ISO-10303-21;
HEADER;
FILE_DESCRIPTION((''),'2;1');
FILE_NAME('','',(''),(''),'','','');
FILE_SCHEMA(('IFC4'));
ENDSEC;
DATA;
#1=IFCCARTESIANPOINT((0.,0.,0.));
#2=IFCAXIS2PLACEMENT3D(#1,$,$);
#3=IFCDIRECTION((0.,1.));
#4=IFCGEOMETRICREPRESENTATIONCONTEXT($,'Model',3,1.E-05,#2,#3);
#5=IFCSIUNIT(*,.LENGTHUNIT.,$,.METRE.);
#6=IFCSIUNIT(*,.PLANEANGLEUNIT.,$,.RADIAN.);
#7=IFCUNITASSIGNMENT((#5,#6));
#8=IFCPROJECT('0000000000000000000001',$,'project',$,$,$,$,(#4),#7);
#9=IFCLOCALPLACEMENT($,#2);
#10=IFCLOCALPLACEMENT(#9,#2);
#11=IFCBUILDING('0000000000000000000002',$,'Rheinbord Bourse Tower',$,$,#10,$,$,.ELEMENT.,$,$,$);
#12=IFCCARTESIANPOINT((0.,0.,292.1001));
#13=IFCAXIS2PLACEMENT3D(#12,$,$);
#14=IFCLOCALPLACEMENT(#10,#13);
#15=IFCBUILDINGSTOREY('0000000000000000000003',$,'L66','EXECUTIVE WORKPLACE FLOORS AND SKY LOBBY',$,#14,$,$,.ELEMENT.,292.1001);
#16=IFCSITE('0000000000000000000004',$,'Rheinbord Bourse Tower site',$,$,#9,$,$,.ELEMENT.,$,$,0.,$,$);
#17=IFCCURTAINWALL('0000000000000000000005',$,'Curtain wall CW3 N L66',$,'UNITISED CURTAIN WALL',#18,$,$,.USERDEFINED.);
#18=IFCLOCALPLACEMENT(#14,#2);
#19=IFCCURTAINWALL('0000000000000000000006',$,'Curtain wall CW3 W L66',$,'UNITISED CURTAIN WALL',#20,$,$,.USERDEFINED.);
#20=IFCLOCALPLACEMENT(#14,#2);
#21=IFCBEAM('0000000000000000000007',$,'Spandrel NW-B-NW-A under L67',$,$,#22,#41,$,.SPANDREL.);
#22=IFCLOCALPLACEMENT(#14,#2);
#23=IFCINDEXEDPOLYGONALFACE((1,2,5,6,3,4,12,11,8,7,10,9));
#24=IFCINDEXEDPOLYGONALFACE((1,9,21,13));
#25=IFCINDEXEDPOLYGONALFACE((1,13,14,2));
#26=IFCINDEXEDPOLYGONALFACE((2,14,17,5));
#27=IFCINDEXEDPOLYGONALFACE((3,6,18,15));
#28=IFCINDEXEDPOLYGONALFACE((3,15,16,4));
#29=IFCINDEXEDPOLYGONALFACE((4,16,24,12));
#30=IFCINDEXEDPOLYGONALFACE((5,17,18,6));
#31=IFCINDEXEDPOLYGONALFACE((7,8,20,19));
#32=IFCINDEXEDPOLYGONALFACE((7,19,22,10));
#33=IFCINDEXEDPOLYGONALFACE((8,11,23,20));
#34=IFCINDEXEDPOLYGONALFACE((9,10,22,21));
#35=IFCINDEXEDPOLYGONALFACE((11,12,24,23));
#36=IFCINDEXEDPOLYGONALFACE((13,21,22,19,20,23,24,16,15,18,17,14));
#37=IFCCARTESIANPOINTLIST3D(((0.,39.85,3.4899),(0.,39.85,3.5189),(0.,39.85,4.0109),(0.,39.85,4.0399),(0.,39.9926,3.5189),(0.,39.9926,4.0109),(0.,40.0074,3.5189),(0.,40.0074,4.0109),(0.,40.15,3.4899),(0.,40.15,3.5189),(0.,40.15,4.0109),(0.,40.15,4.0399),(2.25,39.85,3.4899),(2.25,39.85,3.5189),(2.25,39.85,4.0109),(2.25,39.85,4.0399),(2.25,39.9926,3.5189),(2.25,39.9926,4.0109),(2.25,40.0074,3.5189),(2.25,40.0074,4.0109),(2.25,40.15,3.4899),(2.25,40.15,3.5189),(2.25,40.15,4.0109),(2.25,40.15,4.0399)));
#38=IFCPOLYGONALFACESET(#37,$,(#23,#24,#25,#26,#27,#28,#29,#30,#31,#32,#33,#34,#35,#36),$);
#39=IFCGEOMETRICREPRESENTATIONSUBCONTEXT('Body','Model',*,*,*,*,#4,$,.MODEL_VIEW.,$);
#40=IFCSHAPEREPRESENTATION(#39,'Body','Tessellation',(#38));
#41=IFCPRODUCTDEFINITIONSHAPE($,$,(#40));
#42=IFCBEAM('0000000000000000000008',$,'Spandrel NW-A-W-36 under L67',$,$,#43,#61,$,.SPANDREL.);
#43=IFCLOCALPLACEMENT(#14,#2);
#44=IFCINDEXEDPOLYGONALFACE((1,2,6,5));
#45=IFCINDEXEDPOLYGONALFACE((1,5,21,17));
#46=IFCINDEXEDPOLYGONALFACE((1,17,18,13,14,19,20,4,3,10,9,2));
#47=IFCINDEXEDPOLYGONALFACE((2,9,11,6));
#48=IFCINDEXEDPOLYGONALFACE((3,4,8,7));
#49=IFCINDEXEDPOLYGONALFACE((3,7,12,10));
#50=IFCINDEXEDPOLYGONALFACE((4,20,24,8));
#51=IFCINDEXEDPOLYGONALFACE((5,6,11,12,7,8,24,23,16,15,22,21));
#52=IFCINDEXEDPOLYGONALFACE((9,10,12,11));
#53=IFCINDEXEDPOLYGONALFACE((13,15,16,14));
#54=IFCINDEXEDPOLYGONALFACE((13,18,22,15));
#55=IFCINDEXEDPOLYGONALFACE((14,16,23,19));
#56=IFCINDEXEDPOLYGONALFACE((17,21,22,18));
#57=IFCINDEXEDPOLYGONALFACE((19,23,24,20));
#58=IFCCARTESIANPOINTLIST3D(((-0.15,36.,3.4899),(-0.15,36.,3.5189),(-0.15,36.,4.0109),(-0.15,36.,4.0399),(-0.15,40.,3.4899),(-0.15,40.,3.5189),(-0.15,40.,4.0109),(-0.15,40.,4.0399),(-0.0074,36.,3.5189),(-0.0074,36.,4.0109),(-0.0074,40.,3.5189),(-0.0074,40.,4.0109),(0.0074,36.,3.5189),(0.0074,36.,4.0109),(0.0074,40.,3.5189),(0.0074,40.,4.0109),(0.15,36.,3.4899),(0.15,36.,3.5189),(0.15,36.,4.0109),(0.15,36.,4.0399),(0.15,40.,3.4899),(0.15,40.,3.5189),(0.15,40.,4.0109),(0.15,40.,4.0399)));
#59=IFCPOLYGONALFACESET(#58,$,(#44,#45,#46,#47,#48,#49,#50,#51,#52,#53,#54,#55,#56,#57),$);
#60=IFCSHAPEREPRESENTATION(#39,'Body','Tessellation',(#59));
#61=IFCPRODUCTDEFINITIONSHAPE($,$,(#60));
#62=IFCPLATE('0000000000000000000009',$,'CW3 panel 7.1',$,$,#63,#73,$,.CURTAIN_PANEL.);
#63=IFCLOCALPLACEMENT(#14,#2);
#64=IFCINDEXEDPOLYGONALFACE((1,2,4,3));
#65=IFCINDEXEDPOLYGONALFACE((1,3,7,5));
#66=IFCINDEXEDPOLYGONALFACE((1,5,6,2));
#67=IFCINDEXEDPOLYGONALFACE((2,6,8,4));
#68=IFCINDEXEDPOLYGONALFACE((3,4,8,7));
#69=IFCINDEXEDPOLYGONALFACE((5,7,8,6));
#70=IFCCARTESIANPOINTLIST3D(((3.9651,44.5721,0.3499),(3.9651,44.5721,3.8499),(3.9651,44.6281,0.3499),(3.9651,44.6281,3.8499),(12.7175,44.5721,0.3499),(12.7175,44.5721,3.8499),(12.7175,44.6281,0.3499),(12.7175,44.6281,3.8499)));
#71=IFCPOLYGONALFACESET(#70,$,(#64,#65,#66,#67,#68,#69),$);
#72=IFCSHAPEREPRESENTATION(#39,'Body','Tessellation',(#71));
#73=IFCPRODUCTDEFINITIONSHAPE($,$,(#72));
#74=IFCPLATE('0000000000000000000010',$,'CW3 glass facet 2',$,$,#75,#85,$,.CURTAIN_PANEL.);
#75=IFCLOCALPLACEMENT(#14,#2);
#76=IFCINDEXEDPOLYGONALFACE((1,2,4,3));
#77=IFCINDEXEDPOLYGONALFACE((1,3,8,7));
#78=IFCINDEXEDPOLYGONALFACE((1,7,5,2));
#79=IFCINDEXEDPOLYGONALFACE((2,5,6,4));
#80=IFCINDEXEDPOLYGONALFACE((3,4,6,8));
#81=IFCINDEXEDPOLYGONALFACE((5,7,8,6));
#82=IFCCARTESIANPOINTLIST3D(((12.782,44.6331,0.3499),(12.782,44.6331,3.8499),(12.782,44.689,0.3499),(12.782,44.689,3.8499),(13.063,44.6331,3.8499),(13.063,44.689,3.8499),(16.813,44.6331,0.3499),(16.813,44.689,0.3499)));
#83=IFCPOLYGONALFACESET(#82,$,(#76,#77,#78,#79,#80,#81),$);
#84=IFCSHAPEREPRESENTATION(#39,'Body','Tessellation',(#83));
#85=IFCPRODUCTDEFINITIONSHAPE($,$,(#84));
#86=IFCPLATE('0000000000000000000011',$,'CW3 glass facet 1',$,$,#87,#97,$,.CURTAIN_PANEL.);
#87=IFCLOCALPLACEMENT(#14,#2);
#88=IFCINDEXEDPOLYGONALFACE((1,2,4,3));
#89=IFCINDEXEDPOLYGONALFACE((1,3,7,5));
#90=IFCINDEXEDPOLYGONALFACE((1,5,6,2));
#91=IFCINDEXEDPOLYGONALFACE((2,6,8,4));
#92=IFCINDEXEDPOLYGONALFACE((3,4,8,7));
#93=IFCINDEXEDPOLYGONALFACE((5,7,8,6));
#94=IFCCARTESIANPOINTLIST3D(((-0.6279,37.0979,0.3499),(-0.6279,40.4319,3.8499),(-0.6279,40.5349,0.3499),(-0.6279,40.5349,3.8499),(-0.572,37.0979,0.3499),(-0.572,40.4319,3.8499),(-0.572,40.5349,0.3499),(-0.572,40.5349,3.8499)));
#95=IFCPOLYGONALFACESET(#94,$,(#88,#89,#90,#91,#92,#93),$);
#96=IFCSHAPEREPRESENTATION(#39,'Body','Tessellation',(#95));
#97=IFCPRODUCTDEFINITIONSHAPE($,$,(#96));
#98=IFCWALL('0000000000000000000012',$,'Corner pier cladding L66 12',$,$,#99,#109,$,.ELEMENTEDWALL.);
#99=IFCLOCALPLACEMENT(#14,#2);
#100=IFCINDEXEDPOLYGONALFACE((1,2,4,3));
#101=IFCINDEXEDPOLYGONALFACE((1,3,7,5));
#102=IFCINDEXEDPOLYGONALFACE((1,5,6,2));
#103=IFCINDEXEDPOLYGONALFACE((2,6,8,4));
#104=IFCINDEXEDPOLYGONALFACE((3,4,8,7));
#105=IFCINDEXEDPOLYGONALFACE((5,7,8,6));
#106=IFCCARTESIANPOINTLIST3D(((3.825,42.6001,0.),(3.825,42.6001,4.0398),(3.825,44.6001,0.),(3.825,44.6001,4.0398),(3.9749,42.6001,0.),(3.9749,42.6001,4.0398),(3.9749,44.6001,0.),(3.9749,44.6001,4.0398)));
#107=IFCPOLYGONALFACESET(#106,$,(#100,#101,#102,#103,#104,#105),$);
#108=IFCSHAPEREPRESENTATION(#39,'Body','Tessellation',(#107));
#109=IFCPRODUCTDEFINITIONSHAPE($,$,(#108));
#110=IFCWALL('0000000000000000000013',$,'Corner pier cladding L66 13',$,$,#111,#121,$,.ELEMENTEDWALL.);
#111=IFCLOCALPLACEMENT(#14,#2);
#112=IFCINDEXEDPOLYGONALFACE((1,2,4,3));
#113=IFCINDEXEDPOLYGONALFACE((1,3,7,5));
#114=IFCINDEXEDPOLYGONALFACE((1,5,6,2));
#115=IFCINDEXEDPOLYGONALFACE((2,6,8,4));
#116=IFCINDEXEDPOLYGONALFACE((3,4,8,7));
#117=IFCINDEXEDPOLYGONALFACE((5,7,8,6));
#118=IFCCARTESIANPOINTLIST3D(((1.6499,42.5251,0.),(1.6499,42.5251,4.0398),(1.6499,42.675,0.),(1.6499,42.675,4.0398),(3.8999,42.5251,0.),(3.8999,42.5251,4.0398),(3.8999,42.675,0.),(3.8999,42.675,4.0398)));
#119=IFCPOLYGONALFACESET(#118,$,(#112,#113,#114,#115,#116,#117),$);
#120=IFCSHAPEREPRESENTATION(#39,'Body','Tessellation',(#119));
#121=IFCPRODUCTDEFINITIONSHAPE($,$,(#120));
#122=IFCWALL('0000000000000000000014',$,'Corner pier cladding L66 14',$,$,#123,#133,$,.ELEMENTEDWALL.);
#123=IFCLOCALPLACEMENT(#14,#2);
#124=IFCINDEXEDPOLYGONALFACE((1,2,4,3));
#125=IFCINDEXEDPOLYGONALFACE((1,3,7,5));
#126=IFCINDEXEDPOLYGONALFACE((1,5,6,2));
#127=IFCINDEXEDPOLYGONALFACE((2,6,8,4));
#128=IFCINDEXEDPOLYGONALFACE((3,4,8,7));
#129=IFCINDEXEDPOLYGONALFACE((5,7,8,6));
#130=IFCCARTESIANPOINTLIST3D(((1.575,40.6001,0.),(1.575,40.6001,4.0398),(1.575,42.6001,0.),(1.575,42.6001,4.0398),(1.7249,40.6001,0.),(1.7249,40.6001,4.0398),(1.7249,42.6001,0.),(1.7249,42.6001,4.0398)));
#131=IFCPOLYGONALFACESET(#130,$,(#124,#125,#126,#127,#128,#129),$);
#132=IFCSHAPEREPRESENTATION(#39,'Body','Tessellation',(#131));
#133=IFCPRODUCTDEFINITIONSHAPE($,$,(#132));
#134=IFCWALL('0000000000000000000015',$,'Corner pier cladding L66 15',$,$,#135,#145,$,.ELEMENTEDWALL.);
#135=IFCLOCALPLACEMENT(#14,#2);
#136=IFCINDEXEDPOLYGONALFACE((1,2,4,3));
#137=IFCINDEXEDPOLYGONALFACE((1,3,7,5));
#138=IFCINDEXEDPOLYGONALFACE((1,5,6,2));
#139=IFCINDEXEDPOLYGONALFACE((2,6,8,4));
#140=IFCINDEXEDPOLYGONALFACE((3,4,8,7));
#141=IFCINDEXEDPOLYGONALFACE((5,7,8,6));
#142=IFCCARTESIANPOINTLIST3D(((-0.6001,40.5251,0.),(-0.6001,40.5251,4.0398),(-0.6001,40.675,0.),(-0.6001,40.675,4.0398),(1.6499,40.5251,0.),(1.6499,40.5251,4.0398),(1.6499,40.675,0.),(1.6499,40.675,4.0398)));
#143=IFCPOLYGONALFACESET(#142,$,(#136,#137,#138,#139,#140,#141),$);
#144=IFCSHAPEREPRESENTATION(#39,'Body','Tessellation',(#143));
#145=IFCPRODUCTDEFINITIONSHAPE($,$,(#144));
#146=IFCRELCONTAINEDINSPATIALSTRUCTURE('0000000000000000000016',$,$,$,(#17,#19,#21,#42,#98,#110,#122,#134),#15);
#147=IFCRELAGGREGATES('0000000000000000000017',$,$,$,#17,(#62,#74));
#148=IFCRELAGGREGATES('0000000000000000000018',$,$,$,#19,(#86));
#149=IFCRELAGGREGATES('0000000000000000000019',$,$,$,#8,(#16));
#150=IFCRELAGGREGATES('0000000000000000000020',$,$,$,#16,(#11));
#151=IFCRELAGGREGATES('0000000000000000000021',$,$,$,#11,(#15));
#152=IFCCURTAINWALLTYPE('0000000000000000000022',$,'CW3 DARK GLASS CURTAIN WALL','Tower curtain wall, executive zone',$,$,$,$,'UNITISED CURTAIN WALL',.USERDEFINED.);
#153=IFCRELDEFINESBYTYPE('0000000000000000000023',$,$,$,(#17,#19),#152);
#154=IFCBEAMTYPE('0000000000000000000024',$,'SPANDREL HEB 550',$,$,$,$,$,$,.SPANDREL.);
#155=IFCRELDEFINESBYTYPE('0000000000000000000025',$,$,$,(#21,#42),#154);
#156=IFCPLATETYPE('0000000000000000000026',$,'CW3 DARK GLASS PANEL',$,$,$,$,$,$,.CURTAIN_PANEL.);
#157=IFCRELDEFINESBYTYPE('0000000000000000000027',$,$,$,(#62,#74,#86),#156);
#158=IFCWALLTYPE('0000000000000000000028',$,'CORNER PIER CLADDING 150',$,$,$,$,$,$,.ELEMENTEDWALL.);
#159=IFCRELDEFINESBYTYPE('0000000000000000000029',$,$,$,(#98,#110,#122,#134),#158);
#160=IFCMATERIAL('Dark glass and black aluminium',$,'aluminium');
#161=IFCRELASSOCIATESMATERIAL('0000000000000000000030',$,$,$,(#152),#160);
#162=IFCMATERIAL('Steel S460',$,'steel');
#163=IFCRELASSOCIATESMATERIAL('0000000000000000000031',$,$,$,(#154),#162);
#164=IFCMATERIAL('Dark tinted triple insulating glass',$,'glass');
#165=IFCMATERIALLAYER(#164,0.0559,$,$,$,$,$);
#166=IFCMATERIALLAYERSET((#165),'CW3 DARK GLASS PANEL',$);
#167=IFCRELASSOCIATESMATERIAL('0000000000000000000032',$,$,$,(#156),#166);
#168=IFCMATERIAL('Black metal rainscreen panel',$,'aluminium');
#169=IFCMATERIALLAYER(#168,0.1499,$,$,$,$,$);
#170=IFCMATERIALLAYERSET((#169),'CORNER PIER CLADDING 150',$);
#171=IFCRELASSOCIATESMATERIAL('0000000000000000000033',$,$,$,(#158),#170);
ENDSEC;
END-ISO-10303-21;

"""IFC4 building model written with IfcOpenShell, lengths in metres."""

from ifc_helpers import new_model, si_unit, direction, frame, frame_2d, origin, origin_2d, place, context, subcontext, project, spatial, polyline, rectangle, i_section, outline, extrude, material, layer, layer_set, material_profile, profile_set, type_object, element, aggregate, save


model = new_model("IFC4")

# Units and contexts
model_context = context("Model", 3, precision=1e-05, world=origin(), true_north=direction((0.0, 1.0)))
body_context = subcontext(model_context, "Body", "Model", "MODEL_VIEW")
ifc_project = project(units=[si_unit("LENGTHUNIT", "METRE"), si_unit("PLANEANGLEUNIT", "RADIAN")], contexts=[model_context])

# Site, building, storey
site_placement = place(None, origin())
site = spatial("IfcSite", under=ifc_project, at=site_placement, Name="Rheinbord Bourse Tower site", CompositionType="ELEMENT", RefElevation=0.0)
building_placement = place(site_placement, origin())
building = spatial("IfcBuilding", under=site, at=building_placement, Name="Rheinbord Bourse Tower", CompositionType="ELEMENT")
storey_placement = place(building_placement, frame((0.0, 0.0, 292.1001)))
storey = spatial("IfcBuildingStorey", under=building, at=storey_placement, Name="L66", Description="EXECUTIVE WORKPLACE FLOORS AND SKY LOBBY", CompositionType="ELEMENT", Elevation=292.1001)

# Curtain wall
ifc_material_1 = material(Name="Dark glass and black aluminium", Category="aluminium")
curtain_wall_type = type_object("IfcCurtainWallType", Name="CW3 DARK GLASS CURTAIN WALL", Description="Tower curtain wall, executive zone", ElementType="UNITISED CURTAIN WALL", PredefinedType="USERDEFINED", material=ifc_material_1)
curtain_wall_1_placement = place(storey_placement, origin())
curtain_wall_1 = element("IfcCurtainWall", 1, at=curtain_wall_1_placement, inside=storey, type_object=curtain_wall_type, Name="Curtain wall CW3 N L66", ObjectType="UNITISED CURTAIN WALL", PredefinedType="USERDEFINED")

# Curtain wall
curtain_wall_2_placement = place(storey_placement, origin())
curtain_wall_2 = element("IfcCurtainWall", 2, at=curtain_wall_2_placement, inside=storey, type_object=curtain_wall_type, Name="Curtain wall CW3 W L66", ObjectType="UNITISED CURTAIN WALL", PredefinedType="USERDEFINED")

# Beams
ifc_material_2 = material(Name="Steel S460", Category="steel")
ifc_material_profile_1 = material_profile(ifc_material_2, i_section(OverallWidth=0.3, OverallDepth=0.55, WebThickness=0.0149, FlangeThickness=0.0291, at=origin_2d()), Name="HEB 550")
ifc_profile_set_1 = profile_set([ifc_material_profile_1], Name="Steel S460")
beam_type_1 = type_object("IfcBeamType", Name="SPANDREL HEB 550", PredefinedType="SPANDREL", material=ifc_profile_set_1)
beam_1_placement = place(storey_placement, frame((2.25, 40.0, 3.7649), z_axis=(-1.0, 0.0, 0.0), x_axis=(0.0, -1.0, 0.0)))
element("IfcBeam", 3, at=beam_1_placement, inside=storey, type_object=beam_type_1, Name="Spandrel NW-B-NW-A under L67", PredefinedType="SPANDREL", context=body_context, shape_type="SweptSolid", body=[
    extrude(i_section(OverallWidth=0.3, OverallDepth=0.55, WebThickness=0.0149, FlangeThickness=0.0291, at=origin_2d()), origin(), (0.0, 0.0, 1.0), 2.25),
])
beam_2_placement = place(storey_placement, frame((0.0, 40.0, 3.7649), z_axis=(0.0, -1.0, 0.0), x_axis=(1.0, 0.0, 0.0)))
element("IfcBeam", 4, at=beam_2_placement, inside=storey, type_object=beam_type_1, Name="Spandrel NW-A-W-36 under L67", PredefinedType="SPANDREL", context=body_context, shape_type="SweptSolid", body=[
    extrude(i_section(OverallWidth=0.3, OverallDepth=0.55, WebThickness=0.0149, FlangeThickness=0.0291, at=origin_2d()), origin(), (0.0, 0.0, 1.0), 4.0),
])

# Plates
ifc_material_3 = material(Name="Dark tinted triple insulating glass", Category="glass")
ifc_layer_1 = layer(ifc_material_3, 0.0559)
ifc_layer_set_1 = layer_set([ifc_layer_1], Name="CW3 DARK GLASS PANEL")
plate_type = type_object("IfcPlateType", Name="CW3 DARK GLASS PANEL", PredefinedType="CURTAIN_PANEL", material=ifc_layer_set_1)
plate_1_placement = place(storey_placement, frame((8.3413, 44.6001, 0.3499), z_axis=(0.0, 0.0, 1.0), x_axis=(-1.0, 0.0, 0.0)))
plate_1 = element("IfcPlate", 5, at=plate_1_placement, type_object=plate_type, Name="CW3 panel 7.1", PredefinedType="CURTAIN_PANEL", context=body_context, shape_type="SweptSolid", body=[
    extrude(rectangle(XDim=8.7524, YDim=0.0559, at=origin_2d()), origin(), (0.0, 0.0, 1.0), 3.5),
])
plate_2_placement = place(storey_placement, frame((12.782, 44.689, 3.8499), z_axis=(0.0, -1.0, 0.0), x_axis=(0.0, 0.0, -1.0)))
plate_2 = element("IfcPlate", 6, at=plate_2_placement, type_object=plate_type, Name="CW3 glass facet 2", PredefinedType="CURTAIN_PANEL", context=body_context, shape_type="SweptSolid", body=[
    extrude(outline(polyline([(0.0, 0.0), (3.5, 0.0), (3.5, 4.031), (0.0, 0.281), (0.0, 0.0)])), origin(), (0.0, 0.0, 1.0), 0.0559),
])
aggregate(curtain_wall_1, [plate_1, plate_2])
plate_3_placement = place(storey_placement, frame((-0.6279, 40.5349, 0.3499), z_axis=(1.0, 0.0, 0.0), x_axis=(0.0, 0.0, 1.0)))
plate_3 = element("IfcPlate", 7, at=plate_3_placement, type_object=plate_type, Name="CW3 glass facet 1", PredefinedType="CURTAIN_PANEL", context=body_context, shape_type="SweptSolid", body=[
    extrude(outline(polyline([(0.0, 0.0), (3.5, 0.0), (3.5, 0.103), (0.0, 3.437), (0.0, 0.0)])), origin(), (0.0, 0.0, 1.0), 0.0559),
])
aggregate(curtain_wall_2, [plate_3])

# Walls
ifc_material_4 = material(Name="Black metal rainscreen panel", Category="aluminium")
ifc_layer_2 = layer(ifc_material_4, 0.1499)
ifc_layer_set_2 = layer_set([ifc_layer_2], Name="CORNER PIER CLADDING 150")
wall_type = type_object("IfcWallType", Name="CORNER PIER CLADDING 150", PredefinedType="ELEMENTEDWALL", material=ifc_layer_set_2)
wall_1_placement = place(storey_placement, frame((3.8999, 44.6001, 0.0), z_axis=(0.0, 0.0, 1.0), x_axis=(0.0, -1.0, 0.0)))
element("IfcWall", 8, at=wall_1_placement, inside=storey, type_object=wall_type, Name="Corner pier cladding L66 12", PredefinedType="ELEMENTEDWALL", context=body_context, shape_type="SweptSolid", body=[
    extrude(rectangle(XDim=2.0, YDim=0.1499, at=frame_2d((1.0, 0.0))), origin(), (0.0, 0.0, 1.0), 4.0398),
])
wall_2_placement = place(storey_placement, frame((3.8999, 42.6001, 0.0), z_axis=(0.0, 0.0, 1.0), x_axis=(-1.0, 0.0, 0.0)))
element("IfcWall", 9, at=wall_2_placement, inside=storey, type_object=wall_type, Name="Corner pier cladding L66 13", PredefinedType="ELEMENTEDWALL", context=body_context, shape_type="SweptSolid", body=[
    extrude(rectangle(XDim=2.25, YDim=0.1499, at=frame_2d((1.125, 0.0))), origin(), (0.0, 0.0, 1.0), 4.0398),
])
wall_3_placement = place(storey_placement, frame((1.6499, 42.6001, 0.0), z_axis=(0.0, 0.0, 1.0), x_axis=(0.0, -1.0, 0.0)))
element("IfcWall", 10, at=wall_3_placement, inside=storey, type_object=wall_type, Name="Corner pier cladding L66 14", PredefinedType="ELEMENTEDWALL", context=body_context, shape_type="SweptSolid", body=[
    extrude(rectangle(XDim=2.0, YDim=0.1499, at=frame_2d((1.0, 0.0))), origin(), (0.0, 0.0, 1.0), 4.0398),
])
wall_4_placement = place(storey_placement, frame((1.6499, 40.6001, 0.0), z_axis=(0.0, 0.0, 1.0), x_axis=(-1.0, 0.0, 0.0)))
element("IfcWall", 11, at=wall_4_placement, inside=storey, type_object=wall_type, Name="Corner pier cladding L66 15", PredefinedType="ELEMENTEDWALL", context=body_context, shape_type="SweptSolid", body=[
    extrude(rectangle(XDim=2.25, YDim=0.1499, at=frame_2d((1.125, 0.0))), origin(), (0.0, 0.0, 1.0), 4.0398),
])

save(model, "model.ifc")
